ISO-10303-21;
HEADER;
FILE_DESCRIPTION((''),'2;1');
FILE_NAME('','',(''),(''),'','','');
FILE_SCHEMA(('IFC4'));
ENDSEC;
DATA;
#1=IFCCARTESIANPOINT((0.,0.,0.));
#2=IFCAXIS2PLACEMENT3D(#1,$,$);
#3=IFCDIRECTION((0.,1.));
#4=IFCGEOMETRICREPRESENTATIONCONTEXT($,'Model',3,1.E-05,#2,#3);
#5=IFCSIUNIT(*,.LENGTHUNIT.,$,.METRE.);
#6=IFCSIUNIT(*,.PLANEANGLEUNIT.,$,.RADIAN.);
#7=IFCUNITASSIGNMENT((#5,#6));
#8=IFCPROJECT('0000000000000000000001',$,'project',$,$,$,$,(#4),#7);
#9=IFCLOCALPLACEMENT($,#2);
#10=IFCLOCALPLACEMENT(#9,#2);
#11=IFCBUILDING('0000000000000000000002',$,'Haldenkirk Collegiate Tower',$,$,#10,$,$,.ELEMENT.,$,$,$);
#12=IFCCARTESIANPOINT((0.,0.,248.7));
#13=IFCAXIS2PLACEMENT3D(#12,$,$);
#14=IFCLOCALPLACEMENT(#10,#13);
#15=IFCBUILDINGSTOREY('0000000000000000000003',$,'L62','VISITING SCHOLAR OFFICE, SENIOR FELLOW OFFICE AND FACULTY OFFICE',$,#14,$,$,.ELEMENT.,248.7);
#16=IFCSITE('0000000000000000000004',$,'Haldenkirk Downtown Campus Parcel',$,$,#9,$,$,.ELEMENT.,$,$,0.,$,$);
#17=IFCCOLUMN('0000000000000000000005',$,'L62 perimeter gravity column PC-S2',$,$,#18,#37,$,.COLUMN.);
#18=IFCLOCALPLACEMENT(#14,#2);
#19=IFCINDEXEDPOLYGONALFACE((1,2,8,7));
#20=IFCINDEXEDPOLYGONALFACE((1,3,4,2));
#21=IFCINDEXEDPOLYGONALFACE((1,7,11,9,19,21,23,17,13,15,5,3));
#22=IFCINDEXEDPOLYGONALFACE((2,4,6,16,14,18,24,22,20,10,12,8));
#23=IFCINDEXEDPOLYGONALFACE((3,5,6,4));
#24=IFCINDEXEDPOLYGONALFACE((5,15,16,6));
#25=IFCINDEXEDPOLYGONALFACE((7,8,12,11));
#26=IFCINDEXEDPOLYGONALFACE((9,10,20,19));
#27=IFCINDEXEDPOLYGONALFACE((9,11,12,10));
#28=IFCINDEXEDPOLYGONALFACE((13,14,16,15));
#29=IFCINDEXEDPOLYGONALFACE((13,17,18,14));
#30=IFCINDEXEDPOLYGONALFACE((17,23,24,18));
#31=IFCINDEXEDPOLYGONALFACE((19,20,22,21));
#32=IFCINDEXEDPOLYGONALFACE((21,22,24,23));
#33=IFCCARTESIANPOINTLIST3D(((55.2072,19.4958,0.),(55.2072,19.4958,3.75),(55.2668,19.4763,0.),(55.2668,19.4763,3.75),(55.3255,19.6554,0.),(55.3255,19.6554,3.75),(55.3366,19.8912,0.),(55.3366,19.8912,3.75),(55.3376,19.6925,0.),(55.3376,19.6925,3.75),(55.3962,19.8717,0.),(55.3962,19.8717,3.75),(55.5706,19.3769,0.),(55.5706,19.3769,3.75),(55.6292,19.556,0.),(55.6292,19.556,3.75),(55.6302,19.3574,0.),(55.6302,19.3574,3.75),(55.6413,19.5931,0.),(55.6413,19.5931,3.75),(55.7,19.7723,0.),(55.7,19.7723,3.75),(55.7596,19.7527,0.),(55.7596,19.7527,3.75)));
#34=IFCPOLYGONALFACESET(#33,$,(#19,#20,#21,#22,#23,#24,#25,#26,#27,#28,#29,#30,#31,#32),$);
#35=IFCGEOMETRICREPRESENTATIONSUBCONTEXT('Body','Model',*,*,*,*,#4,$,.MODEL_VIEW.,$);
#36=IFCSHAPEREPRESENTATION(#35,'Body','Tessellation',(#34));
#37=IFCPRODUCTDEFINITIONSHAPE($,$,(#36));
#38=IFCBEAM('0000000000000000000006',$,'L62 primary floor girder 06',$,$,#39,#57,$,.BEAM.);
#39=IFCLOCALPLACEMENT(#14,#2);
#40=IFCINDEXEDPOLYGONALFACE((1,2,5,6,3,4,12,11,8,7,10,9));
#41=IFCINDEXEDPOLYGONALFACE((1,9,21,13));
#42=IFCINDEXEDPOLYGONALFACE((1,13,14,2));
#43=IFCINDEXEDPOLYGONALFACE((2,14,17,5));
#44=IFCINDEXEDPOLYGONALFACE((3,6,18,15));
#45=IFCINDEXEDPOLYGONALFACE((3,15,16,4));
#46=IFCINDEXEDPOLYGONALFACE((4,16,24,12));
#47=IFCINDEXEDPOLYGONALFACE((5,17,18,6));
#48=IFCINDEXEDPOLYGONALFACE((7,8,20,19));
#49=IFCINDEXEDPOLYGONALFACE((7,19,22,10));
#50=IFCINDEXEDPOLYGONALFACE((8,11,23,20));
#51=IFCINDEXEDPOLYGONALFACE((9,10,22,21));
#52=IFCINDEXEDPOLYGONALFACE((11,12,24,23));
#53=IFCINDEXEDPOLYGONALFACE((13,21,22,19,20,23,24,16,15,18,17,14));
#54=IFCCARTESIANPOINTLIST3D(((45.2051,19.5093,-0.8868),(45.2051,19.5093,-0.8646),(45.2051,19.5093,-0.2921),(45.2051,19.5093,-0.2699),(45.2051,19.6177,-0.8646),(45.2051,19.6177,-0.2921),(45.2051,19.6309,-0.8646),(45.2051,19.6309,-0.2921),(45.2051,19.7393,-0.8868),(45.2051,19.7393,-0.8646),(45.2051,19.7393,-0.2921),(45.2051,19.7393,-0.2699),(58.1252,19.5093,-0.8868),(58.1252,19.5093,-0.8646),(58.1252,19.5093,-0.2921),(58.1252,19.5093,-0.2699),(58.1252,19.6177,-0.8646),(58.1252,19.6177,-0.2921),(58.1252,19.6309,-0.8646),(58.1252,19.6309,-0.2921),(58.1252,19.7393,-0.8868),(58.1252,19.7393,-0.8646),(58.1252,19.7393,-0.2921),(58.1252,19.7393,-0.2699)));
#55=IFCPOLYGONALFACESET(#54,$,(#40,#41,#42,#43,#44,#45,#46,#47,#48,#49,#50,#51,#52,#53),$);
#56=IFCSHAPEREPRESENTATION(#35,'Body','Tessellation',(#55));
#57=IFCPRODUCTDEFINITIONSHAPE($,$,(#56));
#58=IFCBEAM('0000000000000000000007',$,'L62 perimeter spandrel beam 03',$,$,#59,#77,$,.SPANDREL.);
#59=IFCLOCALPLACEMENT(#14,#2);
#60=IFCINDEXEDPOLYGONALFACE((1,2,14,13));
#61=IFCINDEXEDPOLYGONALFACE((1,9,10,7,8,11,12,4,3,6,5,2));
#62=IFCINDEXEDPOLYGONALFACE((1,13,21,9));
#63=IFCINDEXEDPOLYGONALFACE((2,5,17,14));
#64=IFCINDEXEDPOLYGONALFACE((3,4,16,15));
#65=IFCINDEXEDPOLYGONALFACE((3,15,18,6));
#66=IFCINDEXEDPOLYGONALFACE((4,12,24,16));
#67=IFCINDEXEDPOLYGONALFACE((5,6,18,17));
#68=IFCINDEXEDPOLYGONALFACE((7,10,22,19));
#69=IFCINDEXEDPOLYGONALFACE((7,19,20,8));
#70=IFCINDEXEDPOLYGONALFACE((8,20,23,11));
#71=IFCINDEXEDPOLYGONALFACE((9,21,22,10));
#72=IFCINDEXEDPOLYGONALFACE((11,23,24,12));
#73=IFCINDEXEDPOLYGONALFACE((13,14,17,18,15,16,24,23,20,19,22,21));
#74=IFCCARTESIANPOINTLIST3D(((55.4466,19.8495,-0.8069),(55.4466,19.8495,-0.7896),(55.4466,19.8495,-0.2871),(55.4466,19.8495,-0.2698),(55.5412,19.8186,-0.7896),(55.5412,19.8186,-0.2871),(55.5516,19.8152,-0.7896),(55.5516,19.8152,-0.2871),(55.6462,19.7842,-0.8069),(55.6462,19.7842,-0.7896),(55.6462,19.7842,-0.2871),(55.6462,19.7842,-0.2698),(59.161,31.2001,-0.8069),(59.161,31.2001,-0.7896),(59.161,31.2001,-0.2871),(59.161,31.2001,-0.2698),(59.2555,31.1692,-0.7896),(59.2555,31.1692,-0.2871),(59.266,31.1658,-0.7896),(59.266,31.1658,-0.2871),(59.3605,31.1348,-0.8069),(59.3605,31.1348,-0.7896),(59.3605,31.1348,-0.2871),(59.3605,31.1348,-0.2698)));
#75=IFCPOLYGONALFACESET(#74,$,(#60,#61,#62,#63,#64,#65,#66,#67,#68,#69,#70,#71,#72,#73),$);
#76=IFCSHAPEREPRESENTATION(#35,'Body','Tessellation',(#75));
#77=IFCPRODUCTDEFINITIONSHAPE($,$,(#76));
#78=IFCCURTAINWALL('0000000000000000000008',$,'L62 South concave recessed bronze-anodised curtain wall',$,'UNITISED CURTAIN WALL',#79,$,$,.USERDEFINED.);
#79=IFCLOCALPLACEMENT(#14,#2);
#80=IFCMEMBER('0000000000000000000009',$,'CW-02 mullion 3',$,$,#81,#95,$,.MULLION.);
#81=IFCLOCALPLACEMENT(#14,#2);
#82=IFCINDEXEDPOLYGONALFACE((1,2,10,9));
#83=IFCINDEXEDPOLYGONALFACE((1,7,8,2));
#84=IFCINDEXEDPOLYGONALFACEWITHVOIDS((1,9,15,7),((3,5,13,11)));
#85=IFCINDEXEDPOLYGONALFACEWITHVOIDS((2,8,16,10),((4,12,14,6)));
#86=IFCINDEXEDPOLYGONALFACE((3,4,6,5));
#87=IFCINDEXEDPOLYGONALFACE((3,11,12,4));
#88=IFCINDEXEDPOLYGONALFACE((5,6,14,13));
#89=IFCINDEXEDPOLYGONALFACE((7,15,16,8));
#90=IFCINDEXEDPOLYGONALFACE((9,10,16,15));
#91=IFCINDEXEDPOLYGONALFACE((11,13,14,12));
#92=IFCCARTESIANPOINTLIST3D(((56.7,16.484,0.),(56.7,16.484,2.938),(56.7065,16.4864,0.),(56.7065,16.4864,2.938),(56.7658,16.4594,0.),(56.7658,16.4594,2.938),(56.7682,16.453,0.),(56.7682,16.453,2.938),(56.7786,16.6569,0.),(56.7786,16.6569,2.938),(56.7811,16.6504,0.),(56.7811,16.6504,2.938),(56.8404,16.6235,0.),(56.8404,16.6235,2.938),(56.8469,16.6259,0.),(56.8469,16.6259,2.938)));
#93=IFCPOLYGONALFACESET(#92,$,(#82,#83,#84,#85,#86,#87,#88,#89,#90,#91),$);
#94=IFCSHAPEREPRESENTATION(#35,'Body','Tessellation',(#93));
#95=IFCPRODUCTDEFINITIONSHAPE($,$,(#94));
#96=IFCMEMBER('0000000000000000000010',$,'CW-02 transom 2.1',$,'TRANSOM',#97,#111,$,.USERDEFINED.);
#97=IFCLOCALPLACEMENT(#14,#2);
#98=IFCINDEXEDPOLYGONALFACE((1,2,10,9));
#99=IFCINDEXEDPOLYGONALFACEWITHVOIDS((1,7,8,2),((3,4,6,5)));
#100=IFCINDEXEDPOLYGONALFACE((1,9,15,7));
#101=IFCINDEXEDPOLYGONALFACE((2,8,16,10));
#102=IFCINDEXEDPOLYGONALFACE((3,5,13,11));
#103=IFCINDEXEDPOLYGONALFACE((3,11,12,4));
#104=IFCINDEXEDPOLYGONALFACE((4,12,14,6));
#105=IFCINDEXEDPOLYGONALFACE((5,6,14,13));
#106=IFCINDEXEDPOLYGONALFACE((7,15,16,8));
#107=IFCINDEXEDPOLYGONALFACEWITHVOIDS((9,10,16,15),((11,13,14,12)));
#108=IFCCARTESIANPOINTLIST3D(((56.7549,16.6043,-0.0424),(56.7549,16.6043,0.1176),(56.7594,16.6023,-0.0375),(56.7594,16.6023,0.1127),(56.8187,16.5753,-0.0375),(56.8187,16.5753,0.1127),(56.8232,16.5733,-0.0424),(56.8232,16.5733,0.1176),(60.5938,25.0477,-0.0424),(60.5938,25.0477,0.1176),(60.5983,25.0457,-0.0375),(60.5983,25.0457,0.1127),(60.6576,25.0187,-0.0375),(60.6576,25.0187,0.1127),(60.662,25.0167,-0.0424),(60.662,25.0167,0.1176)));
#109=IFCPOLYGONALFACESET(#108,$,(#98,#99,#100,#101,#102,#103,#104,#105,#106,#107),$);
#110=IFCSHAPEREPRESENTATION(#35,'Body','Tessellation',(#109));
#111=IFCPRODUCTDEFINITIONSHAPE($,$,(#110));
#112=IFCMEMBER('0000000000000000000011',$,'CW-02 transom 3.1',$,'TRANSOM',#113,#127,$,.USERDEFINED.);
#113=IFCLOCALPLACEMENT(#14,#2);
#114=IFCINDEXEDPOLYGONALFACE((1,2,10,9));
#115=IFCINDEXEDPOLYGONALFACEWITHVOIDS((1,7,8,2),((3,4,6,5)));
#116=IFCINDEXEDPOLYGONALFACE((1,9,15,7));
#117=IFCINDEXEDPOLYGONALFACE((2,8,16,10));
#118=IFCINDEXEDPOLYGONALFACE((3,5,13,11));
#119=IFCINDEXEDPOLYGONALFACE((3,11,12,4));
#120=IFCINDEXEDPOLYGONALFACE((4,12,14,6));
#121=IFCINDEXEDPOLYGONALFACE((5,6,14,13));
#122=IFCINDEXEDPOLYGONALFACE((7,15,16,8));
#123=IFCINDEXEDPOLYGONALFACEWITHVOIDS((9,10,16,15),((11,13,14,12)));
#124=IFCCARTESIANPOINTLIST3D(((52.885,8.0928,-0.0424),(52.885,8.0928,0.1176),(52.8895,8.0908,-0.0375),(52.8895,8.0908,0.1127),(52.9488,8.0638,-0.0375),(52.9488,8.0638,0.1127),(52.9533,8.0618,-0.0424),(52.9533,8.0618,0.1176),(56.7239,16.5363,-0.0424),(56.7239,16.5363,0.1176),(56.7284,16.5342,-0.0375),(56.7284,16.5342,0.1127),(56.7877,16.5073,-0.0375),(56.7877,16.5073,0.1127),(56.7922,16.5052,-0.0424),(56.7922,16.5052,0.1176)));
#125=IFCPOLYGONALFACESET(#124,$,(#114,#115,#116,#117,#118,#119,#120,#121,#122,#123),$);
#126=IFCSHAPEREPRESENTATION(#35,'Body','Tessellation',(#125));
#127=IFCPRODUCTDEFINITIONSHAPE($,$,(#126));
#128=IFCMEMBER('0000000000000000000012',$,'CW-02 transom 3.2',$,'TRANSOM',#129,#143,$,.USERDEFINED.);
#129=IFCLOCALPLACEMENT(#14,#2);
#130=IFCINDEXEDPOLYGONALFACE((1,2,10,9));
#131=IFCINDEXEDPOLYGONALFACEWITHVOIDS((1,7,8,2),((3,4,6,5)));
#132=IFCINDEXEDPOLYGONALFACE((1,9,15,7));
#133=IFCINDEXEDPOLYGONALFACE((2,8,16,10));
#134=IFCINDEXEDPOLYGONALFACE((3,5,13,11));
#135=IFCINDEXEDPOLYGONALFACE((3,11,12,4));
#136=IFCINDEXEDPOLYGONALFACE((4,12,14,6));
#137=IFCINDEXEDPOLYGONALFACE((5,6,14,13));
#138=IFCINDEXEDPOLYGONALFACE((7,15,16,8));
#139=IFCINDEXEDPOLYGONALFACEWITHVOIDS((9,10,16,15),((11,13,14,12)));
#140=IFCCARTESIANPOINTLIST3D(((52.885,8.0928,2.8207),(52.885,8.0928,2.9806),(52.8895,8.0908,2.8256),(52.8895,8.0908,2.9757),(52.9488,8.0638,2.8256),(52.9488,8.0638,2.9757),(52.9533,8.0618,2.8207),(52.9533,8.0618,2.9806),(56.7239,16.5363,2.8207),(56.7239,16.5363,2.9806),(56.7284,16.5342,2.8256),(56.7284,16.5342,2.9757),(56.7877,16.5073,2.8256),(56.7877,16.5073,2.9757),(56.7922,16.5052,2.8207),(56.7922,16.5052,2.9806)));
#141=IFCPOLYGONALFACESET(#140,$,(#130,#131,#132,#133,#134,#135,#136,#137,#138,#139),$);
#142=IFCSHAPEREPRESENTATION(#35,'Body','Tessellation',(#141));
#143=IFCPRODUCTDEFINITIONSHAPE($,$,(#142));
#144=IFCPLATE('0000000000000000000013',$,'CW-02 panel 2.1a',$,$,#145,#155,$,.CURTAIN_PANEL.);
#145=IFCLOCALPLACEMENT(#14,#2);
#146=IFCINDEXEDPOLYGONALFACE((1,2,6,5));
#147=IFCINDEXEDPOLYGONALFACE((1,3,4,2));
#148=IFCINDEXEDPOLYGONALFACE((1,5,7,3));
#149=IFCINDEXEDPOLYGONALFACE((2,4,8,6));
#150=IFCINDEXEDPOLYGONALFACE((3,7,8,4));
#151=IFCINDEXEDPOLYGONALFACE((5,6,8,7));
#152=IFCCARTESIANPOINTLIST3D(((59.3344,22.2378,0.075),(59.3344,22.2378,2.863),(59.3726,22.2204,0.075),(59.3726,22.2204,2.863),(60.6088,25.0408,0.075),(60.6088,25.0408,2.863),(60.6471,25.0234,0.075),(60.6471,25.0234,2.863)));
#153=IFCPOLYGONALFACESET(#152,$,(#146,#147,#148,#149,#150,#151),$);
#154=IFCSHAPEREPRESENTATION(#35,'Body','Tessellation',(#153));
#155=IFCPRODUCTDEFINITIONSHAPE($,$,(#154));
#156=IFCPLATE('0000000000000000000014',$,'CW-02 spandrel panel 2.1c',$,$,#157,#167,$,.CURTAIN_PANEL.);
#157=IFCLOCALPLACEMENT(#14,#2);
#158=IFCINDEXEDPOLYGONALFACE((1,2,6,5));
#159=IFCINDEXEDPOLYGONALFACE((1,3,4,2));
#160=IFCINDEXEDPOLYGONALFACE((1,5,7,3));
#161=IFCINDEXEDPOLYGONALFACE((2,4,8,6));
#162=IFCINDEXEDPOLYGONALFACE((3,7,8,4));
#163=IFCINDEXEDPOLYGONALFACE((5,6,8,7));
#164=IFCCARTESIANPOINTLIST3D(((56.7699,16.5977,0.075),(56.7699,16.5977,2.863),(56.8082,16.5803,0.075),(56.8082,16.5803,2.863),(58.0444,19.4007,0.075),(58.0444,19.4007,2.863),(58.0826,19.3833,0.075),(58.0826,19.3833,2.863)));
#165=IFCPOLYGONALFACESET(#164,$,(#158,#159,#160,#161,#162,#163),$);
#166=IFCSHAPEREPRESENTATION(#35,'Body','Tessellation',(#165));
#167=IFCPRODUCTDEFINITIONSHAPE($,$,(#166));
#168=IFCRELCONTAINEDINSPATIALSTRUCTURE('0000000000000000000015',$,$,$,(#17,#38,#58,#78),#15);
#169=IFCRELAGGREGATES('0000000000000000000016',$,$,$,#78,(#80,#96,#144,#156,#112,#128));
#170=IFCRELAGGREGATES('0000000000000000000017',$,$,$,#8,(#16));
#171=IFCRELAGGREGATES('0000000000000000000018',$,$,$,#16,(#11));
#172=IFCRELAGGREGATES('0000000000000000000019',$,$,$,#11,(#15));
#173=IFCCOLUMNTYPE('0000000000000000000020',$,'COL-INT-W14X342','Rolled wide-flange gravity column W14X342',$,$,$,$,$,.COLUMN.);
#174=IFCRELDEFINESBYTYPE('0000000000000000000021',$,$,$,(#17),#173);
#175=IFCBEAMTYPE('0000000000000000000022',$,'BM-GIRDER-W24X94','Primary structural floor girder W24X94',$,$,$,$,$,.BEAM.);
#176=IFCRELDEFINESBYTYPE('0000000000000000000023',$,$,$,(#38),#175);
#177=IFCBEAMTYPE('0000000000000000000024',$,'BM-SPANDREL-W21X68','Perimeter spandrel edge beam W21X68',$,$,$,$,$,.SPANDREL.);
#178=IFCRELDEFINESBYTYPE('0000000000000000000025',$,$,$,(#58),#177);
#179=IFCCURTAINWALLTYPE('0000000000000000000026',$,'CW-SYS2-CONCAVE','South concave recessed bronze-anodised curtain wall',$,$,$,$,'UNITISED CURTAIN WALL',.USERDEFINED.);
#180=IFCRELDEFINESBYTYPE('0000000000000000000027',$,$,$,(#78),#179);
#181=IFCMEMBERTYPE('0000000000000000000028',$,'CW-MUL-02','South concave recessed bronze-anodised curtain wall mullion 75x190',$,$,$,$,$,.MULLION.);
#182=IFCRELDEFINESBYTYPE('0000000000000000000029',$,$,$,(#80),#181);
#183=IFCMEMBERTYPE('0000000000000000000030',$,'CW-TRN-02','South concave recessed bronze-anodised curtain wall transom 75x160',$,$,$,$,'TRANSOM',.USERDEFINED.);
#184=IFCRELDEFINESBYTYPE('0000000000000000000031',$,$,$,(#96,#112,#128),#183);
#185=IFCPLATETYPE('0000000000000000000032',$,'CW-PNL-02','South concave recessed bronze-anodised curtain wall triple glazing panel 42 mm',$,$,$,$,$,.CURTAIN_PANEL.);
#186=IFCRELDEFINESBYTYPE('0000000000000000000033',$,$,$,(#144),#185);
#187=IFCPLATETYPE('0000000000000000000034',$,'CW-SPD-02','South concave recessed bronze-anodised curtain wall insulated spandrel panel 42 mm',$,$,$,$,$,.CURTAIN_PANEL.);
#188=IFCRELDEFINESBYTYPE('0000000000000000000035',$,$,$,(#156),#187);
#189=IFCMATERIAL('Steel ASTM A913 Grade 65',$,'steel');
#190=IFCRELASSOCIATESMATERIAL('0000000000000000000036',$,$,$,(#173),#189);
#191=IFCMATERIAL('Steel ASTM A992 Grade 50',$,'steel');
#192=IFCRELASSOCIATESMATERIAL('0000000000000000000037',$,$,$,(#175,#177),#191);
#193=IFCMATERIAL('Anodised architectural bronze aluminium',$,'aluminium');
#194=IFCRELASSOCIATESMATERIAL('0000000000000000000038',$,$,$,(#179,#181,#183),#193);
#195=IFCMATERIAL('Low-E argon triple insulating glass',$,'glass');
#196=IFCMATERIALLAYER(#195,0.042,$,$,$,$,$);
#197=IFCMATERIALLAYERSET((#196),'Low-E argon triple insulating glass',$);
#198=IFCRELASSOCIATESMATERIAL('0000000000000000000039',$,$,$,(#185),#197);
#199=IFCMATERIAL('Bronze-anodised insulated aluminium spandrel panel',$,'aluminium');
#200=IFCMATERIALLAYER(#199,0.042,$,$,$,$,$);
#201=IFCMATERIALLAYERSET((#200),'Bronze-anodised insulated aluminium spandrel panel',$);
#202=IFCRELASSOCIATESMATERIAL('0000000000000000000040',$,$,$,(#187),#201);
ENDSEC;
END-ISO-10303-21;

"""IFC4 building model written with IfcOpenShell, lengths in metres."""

from ifc_helpers import new_model, si_unit, direction, frame, origin, origin_2d, place, context, subcontext, project, spatial, rectangle, hollow_rectangle, i_section, extrude, source, transform, mapped, material, layer, layer_set, material_profile, profile_set, type_object, element, aggregate, save


model = new_model("IFC4")

# Units and contexts
model_context = context("Model", 3, precision=1e-05, world=origin(), true_north=direction((0.0, 1.0)))
body_context = subcontext(model_context, "Body", "Model", "MODEL_VIEW")
ifc_project = project(units=[si_unit("LENGTHUNIT", "METRE"), si_unit("PLANEANGLEUNIT", "RADIAN")], contexts=[model_context])

# Site, building, storey
site_placement = place(None, origin())
site = spatial("IfcSite", under=ifc_project, at=site_placement, Name="Haldenkirk Downtown Campus Parcel", CompositionType="ELEMENT", RefElevation=0.0)
building_placement = place(site_placement, origin())
building = spatial("IfcBuilding", under=site, at=building_placement, Name="Haldenkirk Collegiate Tower", CompositionType="ELEMENT")
storey_placement = place(building_placement, frame((0.0, 0.0, 248.7)))
storey = spatial("IfcBuildingStorey", under=building, at=storey_placement, Name="L62", Description="VISITING SCHOLAR OFFICE, SENIOR FELLOW OFFICE AND FACULTY OFFICE", CompositionType="ELEMENT", Elevation=248.7)

# Column
ifc_material_1 = material(Name="Steel ASTM A913 Grade 65", Category="steel")
ifc_material_profile_1 = material_profile(ifc_material_1, i_section(OverallWidth=0.416, OverallDepth=0.4451, WebThickness=0.0391, FlangeThickness=0.0627, at=origin_2d()), Name="W14X342")
ifc_profile_set_1 = profile_set([ifc_material_profile_1], Name="Steel ASTM A913 Grade 65")
column_type = type_object("IfcColumnType", Name="COL-INT-W14X342", Description="Rolled wide-flange gravity column W14X342", PredefinedType="COLUMN", material=ifc_profile_set_1)
column_placement = place(storey_placement, frame((55.4834, 19.6243, 0.0), z_axis=(0.0, 0.0, 1.0), x_axis=(0.311008, 0.950407, 0.0)))
element("IfcColumn", 1, at=column_placement, inside=storey, type_object=column_type, Name="L62 perimeter gravity column PC-S2", PredefinedType="COLUMN", context=body_context, shape_type="SweptSolid", body=[
    extrude(i_section(OverallWidth=0.416, OverallDepth=0.4451, WebThickness=0.0391, FlangeThickness=0.0627, at=origin_2d()), origin(), (0.0, 0.0, 1.0), 3.75),
])

# Beams
ifc_material_2 = material(Name="Steel ASTM A992 Grade 50", Category="steel")
ifc_material_profile_2 = material_profile(ifc_material_2, i_section(OverallWidth=0.23, OverallDepth=0.6169, WebThickness=0.0132, FlangeThickness=0.0222, at=origin_2d()), Name="W24X94")
ifc_profile_set_2 = profile_set([ifc_material_profile_2], Name="Steel ASTM A992 Grade 50")
beam_type_1 = type_object("IfcBeamType", Name="BM-GIRDER-W24X94", Description="Primary structural floor girder W24X94", PredefinedType="BEAM", material=ifc_profile_set_2)
beam_1_placement = place(storey_placement, frame((58.1252, 19.6243, -0.5784), z_axis=(-1.0, 0.0, 0.0), x_axis=(0.0, -1.0, 0.0)))
element("IfcBeam", 2, at=beam_1_placement, inside=storey, type_object=beam_type_1, Name="L62 primary floor girder 06", PredefinedType="BEAM", context=body_context, shape_type="SweptSolid", body=[
    extrude(i_section(OverallWidth=0.23, OverallDepth=0.6169, WebThickness=0.0132, FlangeThickness=0.0222, at=origin_2d()), origin(), (0.0, 0.0, 1.0), 12.9202),
])
ifc_material_profile_3 = material_profile(ifc_material_2, i_section(OverallWidth=0.21, OverallDepth=0.5371, WebThickness=0.011, FlangeThickness=0.0173, at=origin_2d()), Name="W21X68")
ifc_profile_set_3 = profile_set([ifc_material_profile_3], Name="Steel ASTM A992 Grade 50")
beam_type_2 = type_object("IfcBeamType", Name="BM-SPANDREL-W21X68", Description="Perimeter spandrel edge beam W21X68", PredefinedType="SPANDREL", material=ifc_profile_set_3)
beam_2_placement = place(storey_placement, frame((55.5464, 19.8169, -0.5383), z_axis=(0.31101, 0.950407, 0.0), x_axis=(-0.950407, 0.31101, 0.0)))
element("IfcBeam", 3, at=beam_2_placement, inside=storey, type_object=beam_type_2, Name="L62 perimeter spandrel beam 03", PredefinedType="SPANDREL", context=body_context, shape_type="SweptSolid", body=[
    extrude(i_section(OverallWidth=0.21, OverallDepth=0.5371, WebThickness=0.011, FlangeThickness=0.0173, at=origin_2d()), origin(), (0.0, 0.0, 1.0), 11.9429),
])

# Curtain wall, members, plates
ifc_material_3 = material(Name="Anodised architectural bronze aluminium", Category="aluminium")
curtain_wall_type = type_object("IfcCurtainWallType", Name="CW-SYS2-CONCAVE", Description="South concave recessed bronze-anodised curtain wall", ElementType="UNITISED CURTAIN WALL", PredefinedType="USERDEFINED", material=ifc_material_3)
curtain_wall_placement = place(storey_placement, origin())
curtain_wall = element("IfcCurtainWall", 4, at=curtain_wall_placement, inside=storey, type_object=curtain_wall_type, Name="L62 South concave recessed bronze-anodised curtain wall", ObjectType="UNITISED CURTAIN WALL", PredefinedType="USERDEFINED")
ifc_material_profile_4 = material_profile(ifc_material_3, hollow_rectangle(XDim=0.075, YDim=0.1899, WallThickness=0.0049, at=origin_2d()), Name="CW-MUL-02")
ifc_profile_set_4 = profile_set([ifc_material_profile_4], Name="Anodised architectural bronze aluminium")
member_type_1 = type_object("IfcMemberType", Name="CW-MUL-02", Description="South concave recessed bronze-anodised curtain wall mullion 75x190", PredefinedType="MULLION", material=ifc_profile_set_4)
member_1_placement = place(storey_placement, frame((56.7734, 16.5549, 0.0), z_axis=(0.0, 0.0, 1.0), x_axis=(0.910323, -0.413898, 0.0)))
member_1 = element("IfcMember", 5, at=member_1_placement, type_object=member_type_1, Name="CW-02 mullion 3", PredefinedType="MULLION", context=body_context, shape_type="SweptSolid", body=[
    extrude(hollow_rectangle(XDim=0.075, YDim=0.1899, WallThickness=0.0049, at=origin_2d()), origin(), (0.0, 0.0, 1.0), 2.938),
])
ifc_material_profile_5 = material_profile(ifc_material_3, hollow_rectangle(XDim=0.075, YDim=0.1599, WallThickness=0.0049, at=origin_2d()), Name="CW-TRN-02")
ifc_profile_set_5 = profile_set([ifc_material_profile_5], Name="Anodised architectural bronze aluminium")
member_type_2 = type_object("IfcMemberType", Name="CW-TRN-02", Description="South concave recessed bronze-anodised curtain wall transom 75x160", ElementType="TRANSOM", PredefinedType="USERDEFINED", material=ifc_profile_set_5)
member_2_placement = place(storey_placement, frame((60.6279, 25.0322, 0.0376), z_axis=(-0.41389, -0.910327, 0.0), x_axis=(0.910327, -0.41389, 0.0)))
member_2 = element("IfcMember", 6, at=member_2_placement, type_object=member_type_2, Name="CW-02 transom 2.1", ObjectType="TRANSOM", PredefinedType="USERDEFINED", context=body_context, shape_type="SweptSolid", body=[
    extrude(hollow_rectangle(XDim=0.075, YDim=0.1599, WallThickness=0.0049, at=origin_2d()), origin(), (0.0, 0.0, 1.0), 9.2751),
])
member_3_placement = place(storey_placement, frame((56.7581, 16.5208, 0.0376), z_axis=(-0.41389, -0.910327, 0.0), x_axis=(0.910327, -0.41389, 0.0)))
member_3 = element("IfcMember", 7, at=member_3_placement, type_object=member_type_2, Name="CW-02 transom 3.1", ObjectType="TRANSOM", PredefinedType="USERDEFINED", context=body_context, shape_type="SweptSolid", body=[
    extrude(hollow_rectangle(XDim=0.075, YDim=0.1599, WallThickness=0.0049, at=origin_2d()), origin(), (0.0, 0.0, 1.0), 9.2751),
])
member_4_placement = place(storey_placement, frame((56.7581, 16.5208, 2.9006), z_axis=(-0.41389, -0.910327, 0.0), x_axis=(0.910327, -0.41389, 0.0)))
member_4 = element("IfcMember", 8, at=member_4_placement, type_object=member_type_2, Name="CW-02 transom 3.2", ObjectType="TRANSOM", PredefinedType="USERDEFINED", context=body_context, shape_type="SweptSolid", body=[
    extrude(hollow_rectangle(XDim=0.075, YDim=0.1599, WallThickness=0.0049, at=origin_2d()), origin(), (0.0, 0.0, 1.0), 9.2751),
])
ifc_material_4 = material(Name="Low-E argon triple insulating glass", Category="glass")
ifc_layer_1 = layer(ifc_material_4, 0.042)
ifc_layer_set_1 = layer_set([ifc_layer_1], Name="Low-E argon triple insulating glass")
plate_type_1 = type_object("IfcPlateType", Name="CW-PNL-02", Description="South concave recessed bronze-anodised curtain wall triple glazing panel 42 mm", PredefinedType="CURTAIN_PANEL", material=ifc_layer_set_1)
shared_shape_1 = source(origin(), body_context, "Body", "SweptSolid", [
    extrude(rectangle(XDim=3.0791, YDim=0.042, at=origin_2d()), origin(), (0.0, 0.0, 1.0), 2.7881),
])
plate_1_placement = place(storey_placement, frame((59.9907, 23.6306, 0.075), z_axis=(0.0, 0.0, 1.0), x_axis=(-0.413898, -0.910323, 0.0)))
plate_1 = element("IfcPlate", 9, at=plate_1_placement, type_object=plate_type_1, Name="CW-02 panel 2.1a", PredefinedType="CURTAIN_PANEL", context=body_context, shape_type="MappedRepresentation", body=[
    mapped(shared_shape_1, transform((0.0, 0.0, 0.0), x_axis=(1.0, 0.0, 0.0), y_axis=(0.0, 1.0, 0.0), z_axis=(0.0, 0.0, 1.0), scale=1.0)),
])
ifc_material_5 = material(Name="Bronze-anodised insulated aluminium spandrel panel", Category="aluminium")
ifc_layer_2 = layer(ifc_material_5, 0.042)
ifc_layer_set_2 = layer_set([ifc_layer_2], Name="Bronze-anodised insulated aluminium spandrel panel")
plate_type_2 = type_object("IfcPlateType", Name="CW-SPD-02", Description="South concave recessed bronze-anodised curtain wall insulated spandrel panel 42 mm", PredefinedType="CURTAIN_PANEL", material=ifc_layer_set_2)
plate_2_placement = place(storey_placement, frame((57.4263, 17.9905, 0.075), z_axis=(0.0, 0.0, 1.0), x_axis=(-0.413898, -0.910323, 0.0)))
plate_2 = element("IfcPlate", 10, at=plate_2_placement, type_object=plate_type_2, Name="CW-02 spandrel panel 2.1c", PredefinedType="CURTAIN_PANEL", context=body_context, shape_type="MappedRepresentation", body=[
    mapped(shared_shape_1, transform((0.0, 0.0, 0.0), x_axis=(1.0, 0.0, 0.0), y_axis=(0.0, 1.0, 0.0), z_axis=(0.0, 0.0, 1.0), scale=1.0)),
])
aggregate(curtain_wall, [member_1, member_2, plate_1, plate_2, member_3, member_4])

save(model, "model.ifc")
